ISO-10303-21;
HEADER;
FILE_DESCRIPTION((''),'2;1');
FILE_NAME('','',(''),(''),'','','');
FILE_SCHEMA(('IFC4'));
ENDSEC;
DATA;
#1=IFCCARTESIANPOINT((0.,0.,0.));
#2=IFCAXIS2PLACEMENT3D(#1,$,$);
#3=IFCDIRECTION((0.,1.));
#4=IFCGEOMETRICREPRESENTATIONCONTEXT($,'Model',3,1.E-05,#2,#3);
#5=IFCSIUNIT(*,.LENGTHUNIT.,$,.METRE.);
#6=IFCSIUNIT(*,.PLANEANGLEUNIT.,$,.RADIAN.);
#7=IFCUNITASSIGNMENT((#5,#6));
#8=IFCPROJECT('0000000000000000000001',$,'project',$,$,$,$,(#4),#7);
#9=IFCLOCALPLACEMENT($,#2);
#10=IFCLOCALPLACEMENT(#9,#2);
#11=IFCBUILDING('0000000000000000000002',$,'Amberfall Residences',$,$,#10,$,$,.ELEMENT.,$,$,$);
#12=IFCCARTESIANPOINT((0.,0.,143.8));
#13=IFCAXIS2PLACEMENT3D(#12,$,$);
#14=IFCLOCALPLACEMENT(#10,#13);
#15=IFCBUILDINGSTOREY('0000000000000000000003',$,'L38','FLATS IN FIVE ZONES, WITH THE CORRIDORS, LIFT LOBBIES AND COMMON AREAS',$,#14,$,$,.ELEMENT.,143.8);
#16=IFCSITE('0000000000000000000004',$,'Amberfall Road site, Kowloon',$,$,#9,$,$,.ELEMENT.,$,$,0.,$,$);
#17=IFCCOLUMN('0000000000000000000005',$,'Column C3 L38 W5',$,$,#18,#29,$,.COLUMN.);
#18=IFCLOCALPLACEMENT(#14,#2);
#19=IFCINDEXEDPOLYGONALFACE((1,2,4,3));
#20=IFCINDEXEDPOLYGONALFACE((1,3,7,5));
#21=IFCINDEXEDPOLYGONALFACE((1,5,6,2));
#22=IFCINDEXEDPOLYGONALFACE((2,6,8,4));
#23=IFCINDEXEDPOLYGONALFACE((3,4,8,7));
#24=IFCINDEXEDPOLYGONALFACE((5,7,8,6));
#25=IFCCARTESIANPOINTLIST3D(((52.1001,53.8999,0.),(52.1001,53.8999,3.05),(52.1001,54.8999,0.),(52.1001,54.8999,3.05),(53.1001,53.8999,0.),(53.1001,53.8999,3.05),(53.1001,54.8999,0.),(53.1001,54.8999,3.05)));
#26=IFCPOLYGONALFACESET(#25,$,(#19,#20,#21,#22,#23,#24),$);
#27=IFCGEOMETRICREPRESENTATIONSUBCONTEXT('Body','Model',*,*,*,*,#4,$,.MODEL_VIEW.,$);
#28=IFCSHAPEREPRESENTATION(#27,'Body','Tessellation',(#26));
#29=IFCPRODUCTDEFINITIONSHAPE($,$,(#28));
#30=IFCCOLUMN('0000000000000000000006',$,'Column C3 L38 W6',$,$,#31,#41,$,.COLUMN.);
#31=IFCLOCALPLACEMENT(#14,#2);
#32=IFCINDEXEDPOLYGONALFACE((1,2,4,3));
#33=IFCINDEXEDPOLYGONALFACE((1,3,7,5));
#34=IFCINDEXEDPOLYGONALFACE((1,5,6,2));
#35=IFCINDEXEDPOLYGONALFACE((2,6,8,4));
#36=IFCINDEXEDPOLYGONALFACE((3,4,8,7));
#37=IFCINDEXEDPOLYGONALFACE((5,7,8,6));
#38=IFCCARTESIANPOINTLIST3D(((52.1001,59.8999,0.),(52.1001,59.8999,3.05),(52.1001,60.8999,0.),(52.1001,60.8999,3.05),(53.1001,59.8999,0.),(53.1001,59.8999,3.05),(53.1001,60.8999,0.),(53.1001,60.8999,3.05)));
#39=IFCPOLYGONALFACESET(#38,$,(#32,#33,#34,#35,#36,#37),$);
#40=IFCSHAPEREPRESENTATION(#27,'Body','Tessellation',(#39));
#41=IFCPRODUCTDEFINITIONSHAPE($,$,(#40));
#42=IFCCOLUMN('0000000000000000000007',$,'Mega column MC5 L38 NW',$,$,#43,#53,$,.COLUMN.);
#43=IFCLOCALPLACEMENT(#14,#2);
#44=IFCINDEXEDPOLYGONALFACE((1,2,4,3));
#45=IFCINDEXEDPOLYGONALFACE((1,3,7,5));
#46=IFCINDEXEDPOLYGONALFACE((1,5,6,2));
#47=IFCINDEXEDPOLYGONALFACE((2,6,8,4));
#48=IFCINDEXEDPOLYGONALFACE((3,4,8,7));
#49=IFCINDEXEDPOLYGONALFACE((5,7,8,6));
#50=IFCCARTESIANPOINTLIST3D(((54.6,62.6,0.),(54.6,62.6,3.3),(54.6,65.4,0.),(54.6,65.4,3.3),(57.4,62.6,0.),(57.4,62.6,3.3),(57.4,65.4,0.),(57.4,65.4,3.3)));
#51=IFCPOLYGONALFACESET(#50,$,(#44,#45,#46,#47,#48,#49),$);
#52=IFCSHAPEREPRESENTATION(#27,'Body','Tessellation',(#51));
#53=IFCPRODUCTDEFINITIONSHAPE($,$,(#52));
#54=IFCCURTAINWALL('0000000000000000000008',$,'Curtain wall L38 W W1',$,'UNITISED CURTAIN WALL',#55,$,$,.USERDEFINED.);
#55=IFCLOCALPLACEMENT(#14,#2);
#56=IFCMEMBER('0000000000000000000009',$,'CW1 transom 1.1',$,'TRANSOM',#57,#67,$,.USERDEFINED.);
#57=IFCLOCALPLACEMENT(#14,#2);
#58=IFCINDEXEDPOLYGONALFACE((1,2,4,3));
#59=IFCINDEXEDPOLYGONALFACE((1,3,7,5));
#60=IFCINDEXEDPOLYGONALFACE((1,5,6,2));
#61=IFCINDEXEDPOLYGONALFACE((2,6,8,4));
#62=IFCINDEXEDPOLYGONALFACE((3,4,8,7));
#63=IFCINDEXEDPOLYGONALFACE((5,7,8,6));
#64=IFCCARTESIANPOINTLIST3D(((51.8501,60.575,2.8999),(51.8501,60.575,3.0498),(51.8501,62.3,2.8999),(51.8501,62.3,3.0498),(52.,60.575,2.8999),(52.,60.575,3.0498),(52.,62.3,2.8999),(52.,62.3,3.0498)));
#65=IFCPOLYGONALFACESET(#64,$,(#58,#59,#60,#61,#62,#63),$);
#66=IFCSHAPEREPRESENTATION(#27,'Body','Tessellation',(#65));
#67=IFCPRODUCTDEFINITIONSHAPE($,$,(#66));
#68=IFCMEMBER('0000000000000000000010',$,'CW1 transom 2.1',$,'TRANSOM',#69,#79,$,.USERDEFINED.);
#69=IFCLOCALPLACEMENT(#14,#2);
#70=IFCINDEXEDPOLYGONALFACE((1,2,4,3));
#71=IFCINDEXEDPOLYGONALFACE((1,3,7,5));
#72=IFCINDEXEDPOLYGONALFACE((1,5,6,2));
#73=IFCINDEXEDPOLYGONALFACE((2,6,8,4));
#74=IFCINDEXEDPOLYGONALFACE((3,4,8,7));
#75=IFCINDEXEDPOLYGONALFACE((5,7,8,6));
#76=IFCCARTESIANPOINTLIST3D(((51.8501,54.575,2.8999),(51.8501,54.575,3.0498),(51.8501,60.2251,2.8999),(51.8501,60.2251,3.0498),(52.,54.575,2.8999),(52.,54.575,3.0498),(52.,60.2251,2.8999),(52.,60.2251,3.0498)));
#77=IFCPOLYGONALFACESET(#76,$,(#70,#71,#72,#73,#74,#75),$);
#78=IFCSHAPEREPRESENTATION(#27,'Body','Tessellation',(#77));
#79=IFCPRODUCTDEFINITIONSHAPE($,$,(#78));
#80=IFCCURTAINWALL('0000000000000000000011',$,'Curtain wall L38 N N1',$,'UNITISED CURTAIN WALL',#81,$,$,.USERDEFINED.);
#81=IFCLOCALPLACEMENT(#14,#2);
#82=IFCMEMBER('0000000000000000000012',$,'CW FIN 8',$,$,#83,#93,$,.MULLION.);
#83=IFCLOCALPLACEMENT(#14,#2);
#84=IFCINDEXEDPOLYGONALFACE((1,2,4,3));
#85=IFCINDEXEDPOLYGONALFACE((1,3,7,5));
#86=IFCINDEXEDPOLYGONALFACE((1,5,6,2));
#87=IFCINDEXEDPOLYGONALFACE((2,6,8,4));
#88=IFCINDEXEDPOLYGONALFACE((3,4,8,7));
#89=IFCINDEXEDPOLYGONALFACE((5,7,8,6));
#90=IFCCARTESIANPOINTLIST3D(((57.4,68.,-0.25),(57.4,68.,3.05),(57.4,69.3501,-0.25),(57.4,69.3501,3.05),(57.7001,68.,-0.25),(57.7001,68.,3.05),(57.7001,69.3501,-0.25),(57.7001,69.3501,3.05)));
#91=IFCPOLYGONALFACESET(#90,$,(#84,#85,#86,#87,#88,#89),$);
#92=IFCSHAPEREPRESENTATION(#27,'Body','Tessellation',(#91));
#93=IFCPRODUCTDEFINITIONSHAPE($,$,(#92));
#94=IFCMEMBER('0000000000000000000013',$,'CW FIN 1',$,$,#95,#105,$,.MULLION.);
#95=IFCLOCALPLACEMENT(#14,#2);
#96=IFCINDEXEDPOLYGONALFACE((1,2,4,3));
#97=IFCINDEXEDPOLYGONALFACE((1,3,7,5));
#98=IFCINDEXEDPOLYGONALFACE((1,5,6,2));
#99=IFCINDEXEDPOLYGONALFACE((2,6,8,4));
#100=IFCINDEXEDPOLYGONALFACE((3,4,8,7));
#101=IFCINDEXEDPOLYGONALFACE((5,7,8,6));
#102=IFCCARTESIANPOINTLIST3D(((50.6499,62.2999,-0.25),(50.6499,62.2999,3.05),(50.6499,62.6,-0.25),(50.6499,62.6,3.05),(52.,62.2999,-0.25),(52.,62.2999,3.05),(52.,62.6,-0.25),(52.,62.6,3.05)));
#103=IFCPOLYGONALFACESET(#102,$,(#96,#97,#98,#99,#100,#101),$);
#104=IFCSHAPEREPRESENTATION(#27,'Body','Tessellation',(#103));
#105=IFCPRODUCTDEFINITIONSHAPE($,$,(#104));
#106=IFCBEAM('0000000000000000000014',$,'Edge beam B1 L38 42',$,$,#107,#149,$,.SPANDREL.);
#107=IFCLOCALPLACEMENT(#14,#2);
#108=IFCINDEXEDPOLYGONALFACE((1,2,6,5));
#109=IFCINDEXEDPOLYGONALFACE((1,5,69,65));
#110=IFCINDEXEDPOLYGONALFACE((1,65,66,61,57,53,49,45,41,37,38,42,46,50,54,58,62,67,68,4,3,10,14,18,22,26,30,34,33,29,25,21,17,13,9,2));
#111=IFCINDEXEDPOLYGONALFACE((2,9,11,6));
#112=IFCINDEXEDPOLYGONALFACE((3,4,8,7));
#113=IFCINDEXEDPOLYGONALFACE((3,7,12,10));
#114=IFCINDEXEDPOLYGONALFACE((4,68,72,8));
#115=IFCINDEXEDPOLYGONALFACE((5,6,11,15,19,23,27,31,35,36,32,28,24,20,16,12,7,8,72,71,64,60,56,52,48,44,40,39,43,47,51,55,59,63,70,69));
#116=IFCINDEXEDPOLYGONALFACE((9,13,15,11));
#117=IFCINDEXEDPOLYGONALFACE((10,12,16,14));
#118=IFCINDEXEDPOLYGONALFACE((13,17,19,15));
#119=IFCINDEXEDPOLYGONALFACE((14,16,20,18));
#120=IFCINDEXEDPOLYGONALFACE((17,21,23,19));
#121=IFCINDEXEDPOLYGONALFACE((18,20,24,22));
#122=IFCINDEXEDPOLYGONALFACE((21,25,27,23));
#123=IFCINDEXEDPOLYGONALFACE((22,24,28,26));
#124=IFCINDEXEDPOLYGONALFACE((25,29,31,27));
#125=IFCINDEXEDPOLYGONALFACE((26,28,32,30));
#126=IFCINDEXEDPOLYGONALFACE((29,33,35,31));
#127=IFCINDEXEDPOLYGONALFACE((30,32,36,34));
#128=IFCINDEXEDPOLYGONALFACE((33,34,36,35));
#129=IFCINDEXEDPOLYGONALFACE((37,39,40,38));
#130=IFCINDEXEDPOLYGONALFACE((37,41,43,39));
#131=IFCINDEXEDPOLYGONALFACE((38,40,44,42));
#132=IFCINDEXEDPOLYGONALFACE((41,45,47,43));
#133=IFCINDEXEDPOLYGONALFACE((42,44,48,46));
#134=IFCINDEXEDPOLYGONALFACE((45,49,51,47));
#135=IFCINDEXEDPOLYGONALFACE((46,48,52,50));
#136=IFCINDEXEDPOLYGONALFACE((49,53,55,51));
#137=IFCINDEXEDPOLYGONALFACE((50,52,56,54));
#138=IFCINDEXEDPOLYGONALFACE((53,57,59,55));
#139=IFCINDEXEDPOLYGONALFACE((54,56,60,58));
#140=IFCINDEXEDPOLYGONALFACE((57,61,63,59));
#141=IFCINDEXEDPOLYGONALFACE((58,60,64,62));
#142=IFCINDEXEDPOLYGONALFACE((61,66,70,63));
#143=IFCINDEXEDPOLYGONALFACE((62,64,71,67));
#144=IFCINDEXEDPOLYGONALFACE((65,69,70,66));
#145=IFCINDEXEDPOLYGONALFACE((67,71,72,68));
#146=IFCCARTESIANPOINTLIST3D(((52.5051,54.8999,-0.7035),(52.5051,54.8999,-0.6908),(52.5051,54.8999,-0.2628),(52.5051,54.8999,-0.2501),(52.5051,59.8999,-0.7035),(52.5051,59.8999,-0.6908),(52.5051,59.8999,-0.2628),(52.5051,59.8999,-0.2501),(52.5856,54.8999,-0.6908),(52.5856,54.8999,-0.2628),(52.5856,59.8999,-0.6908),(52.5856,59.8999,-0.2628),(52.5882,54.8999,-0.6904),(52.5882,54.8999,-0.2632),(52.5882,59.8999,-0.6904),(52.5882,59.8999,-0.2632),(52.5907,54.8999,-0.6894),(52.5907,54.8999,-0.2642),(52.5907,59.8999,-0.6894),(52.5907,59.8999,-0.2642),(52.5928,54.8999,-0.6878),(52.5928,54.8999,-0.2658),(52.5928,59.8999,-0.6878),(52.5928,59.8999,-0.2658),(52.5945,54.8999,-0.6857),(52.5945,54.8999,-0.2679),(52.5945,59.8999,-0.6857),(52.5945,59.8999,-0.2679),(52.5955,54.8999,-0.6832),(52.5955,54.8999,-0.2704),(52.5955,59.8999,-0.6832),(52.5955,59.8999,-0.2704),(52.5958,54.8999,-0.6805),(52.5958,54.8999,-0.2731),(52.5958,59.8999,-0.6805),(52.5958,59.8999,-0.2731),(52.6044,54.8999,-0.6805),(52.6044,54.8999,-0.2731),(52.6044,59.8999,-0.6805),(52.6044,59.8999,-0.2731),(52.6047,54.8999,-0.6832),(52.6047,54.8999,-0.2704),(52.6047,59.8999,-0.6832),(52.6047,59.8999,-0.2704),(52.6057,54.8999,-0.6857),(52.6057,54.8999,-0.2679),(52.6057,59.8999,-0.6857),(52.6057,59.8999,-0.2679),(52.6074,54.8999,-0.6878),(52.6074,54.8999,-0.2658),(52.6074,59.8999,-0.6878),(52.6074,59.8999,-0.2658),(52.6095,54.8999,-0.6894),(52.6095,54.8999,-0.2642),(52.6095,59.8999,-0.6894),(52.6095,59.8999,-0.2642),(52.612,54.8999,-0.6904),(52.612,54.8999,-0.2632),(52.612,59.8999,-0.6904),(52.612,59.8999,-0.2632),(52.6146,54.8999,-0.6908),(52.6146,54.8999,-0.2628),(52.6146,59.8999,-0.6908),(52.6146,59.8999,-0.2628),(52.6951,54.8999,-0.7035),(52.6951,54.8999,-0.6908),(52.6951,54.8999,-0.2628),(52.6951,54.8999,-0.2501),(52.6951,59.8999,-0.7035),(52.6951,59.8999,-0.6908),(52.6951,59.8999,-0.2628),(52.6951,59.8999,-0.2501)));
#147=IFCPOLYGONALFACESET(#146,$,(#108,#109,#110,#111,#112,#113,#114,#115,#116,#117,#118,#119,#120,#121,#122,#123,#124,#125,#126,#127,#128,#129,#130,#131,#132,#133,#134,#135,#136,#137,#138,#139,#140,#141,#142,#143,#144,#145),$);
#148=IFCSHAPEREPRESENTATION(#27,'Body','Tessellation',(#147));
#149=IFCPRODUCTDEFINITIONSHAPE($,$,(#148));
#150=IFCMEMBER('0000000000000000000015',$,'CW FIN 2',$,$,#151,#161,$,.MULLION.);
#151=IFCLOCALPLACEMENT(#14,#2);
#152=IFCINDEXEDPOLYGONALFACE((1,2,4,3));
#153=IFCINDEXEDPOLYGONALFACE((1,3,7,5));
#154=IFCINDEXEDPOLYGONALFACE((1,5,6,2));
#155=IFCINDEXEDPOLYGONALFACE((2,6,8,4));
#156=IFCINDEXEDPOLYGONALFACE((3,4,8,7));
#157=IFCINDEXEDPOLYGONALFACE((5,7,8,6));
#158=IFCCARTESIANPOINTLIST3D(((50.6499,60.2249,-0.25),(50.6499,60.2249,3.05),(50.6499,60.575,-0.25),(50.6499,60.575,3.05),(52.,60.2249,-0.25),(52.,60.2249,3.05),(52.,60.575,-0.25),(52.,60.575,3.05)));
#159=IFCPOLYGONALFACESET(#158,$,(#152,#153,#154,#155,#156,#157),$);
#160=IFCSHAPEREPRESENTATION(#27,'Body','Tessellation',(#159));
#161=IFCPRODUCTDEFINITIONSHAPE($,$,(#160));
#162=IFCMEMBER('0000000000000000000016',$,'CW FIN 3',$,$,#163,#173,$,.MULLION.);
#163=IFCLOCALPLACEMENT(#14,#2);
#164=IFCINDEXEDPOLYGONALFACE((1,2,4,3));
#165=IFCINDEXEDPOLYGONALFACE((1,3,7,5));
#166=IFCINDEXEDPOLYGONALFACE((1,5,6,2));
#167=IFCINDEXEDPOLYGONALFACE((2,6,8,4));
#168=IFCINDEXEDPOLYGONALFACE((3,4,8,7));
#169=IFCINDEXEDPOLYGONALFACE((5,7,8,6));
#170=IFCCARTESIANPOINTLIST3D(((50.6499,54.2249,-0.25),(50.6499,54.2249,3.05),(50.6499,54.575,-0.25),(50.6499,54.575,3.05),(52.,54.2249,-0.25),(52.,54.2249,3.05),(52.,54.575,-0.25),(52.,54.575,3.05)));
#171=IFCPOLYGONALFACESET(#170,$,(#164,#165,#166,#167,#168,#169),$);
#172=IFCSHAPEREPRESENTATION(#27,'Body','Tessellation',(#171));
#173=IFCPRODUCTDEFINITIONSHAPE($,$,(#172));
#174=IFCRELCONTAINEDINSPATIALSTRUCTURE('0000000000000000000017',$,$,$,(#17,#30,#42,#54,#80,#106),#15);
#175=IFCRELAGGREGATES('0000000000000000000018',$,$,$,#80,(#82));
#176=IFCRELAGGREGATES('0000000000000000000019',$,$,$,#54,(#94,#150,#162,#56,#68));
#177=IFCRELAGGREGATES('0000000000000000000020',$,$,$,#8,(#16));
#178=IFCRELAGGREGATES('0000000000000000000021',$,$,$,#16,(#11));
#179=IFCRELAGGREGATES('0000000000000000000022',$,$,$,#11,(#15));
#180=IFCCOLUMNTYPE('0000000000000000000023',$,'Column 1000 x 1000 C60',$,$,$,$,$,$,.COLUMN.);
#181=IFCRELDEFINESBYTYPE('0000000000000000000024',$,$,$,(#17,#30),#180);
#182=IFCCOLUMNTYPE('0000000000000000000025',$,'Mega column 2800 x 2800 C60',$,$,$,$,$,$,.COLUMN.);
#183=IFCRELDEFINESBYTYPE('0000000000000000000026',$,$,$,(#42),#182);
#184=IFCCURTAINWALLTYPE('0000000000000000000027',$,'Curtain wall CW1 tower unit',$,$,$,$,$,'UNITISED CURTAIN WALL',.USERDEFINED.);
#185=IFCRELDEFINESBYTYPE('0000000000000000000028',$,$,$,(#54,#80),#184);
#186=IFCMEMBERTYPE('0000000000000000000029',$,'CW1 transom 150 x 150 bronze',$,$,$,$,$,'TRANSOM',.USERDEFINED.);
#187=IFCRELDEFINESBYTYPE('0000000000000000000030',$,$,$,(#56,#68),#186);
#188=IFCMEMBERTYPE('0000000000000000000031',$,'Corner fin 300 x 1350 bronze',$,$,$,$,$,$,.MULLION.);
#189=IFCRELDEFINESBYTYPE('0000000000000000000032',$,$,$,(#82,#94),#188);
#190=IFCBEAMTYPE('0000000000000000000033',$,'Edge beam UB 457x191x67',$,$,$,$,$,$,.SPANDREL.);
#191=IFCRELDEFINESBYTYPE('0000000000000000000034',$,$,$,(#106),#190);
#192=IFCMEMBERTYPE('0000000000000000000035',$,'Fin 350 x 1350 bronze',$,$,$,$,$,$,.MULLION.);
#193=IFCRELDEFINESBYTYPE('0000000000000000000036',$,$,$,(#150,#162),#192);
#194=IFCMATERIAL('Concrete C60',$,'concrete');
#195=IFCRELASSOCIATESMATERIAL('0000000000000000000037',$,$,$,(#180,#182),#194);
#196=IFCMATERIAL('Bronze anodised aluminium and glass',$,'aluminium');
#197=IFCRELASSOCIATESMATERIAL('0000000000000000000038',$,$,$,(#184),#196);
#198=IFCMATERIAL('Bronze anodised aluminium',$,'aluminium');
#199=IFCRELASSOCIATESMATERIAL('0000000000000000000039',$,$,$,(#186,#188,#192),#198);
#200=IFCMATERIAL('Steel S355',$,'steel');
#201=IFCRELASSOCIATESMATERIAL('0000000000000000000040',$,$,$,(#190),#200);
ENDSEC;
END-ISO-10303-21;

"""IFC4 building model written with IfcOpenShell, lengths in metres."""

from ifc_helpers import new_model, si_unit, direction, frame, origin, origin_2d, place, context, subcontext, project, spatial, rectangle, i_section, extrude, material, material_profile, profile_set, type_object, element, aggregate, save


model = new_model("IFC4")

# Units and contexts
model_context = context("Model", 3, precision=1e-05, world=origin(), true_north=direction((0.0, 1.0)))
body_context = subcontext(model_context, "Body", "Model", "MODEL_VIEW")
ifc_project = project(units=[si_unit("LENGTHUNIT", "METRE"), si_unit("PLANEANGLEUNIT", "RADIAN")], contexts=[model_context])

# Site, building, storey
site_placement = place(None, origin())
site = spatial("IfcSite", under=ifc_project, at=site_placement, Name="Amberfall Road site, Kowloon", CompositionType="ELEMENT", RefElevation=0.0)
building_placement = place(site_placement, origin())
building = spatial("IfcBuilding", under=site, at=building_placement, Name="Amberfall Residences", CompositionType="ELEMENT")
storey_placement = place(building_placement, frame((0.0, 0.0, 143.8)))
storey = spatial("IfcBuildingStorey", under=building, at=storey_placement, Name="L38", Description="FLATS IN FIVE ZONES, WITH THE CORRIDORS, LIFT LOBBIES AND COMMON AREAS", CompositionType="ELEMENT", Elevation=143.8)

# Columns
ifc_material_1 = material(Name="Concrete C60", Category="concrete")
ifc_material_profile_1 = material_profile(ifc_material_1, rectangle(XDim=1.0, YDim=1.0, at=origin_2d()), Name="Column 1000 x 1000 C60")
ifc_profile_set_1 = profile_set([ifc_material_profile_1], Name="Concrete C60")
column_type_1 = type_object("IfcColumnType", Name="Column 1000 x 1000 C60", PredefinedType="COLUMN", material=ifc_profile_set_1)
for number, where, z_axis, x_axis, name in (
    (1, (52.6001, 54.3999, 0.0), (0.0, 0.0, 1.0), (1.0, 0.0, 0.0), "Column C3 L38 W5"),
    (2, (52.6001, 60.3999, 0.0), (0.0, 0.0, 1.0), (1.0, 0.0, 0.0), "Column C3 L38 W6"),
):
    element("IfcColumn", number, at=place(storey_placement, frame(where, z_axis=z_axis, x_axis=x_axis)), inside=storey, type_object=column_type_1, Name=name, PredefinedType="COLUMN", context=body_context, shape_type="SweptSolid", body=[
        extrude(rectangle(XDim=1.0, YDim=1.0, at=origin_2d()), origin(), (0.0, 0.0, 1.0), 3.05),
    ])
ifc_material_profile_2 = material_profile(ifc_material_1, rectangle(XDim=2.8, YDim=2.8, at=origin_2d()), Name="Mega column 2800 x 2800 C60")
ifc_profile_set_2 = profile_set([ifc_material_profile_2], Name="Concrete C60")
column_type_2 = type_object("IfcColumnType", Name="Mega column 2800 x 2800 C60", PredefinedType="COLUMN", material=ifc_profile_set_2)
column_placement = place(storey_placement, frame((56.0, 64.0, 0.0), z_axis=(0.0, 0.0, 1.0), x_axis=(1.0, 0.0, 0.0)))
element("IfcColumn", 3, at=column_placement, inside=storey, type_object=column_type_2, Name="Mega column MC5 L38 NW", PredefinedType="COLUMN", context=body_context, shape_type="SweptSolid", body=[
    extrude(rectangle(XDim=2.8, YDim=2.8, at=origin_2d()), origin(), (0.0, 0.0, 1.0), 3.3),
])

# Curtain wall, members
ifc_material_2 = material(Name="Bronze anodised aluminium and glass", Category="aluminium")
curtain_wall_type = type_object("IfcCurtainWallType", Name="Curtain wall CW1 tower unit", ElementType="UNITISED CURTAIN WALL", PredefinedType="USERDEFINED", material=ifc_material_2)
curtain_wall_1_placement = place(storey_placement, origin())
curtain_wall_1 = element("IfcCurtainWall", 4, at=curtain_wall_1_placement, inside=storey, type_object=curtain_wall_type, Name="Curtain wall L38 W W1", ObjectType="UNITISED CURTAIN WALL", PredefinedType="USERDEFINED")
ifc_material_3 = material(Name="Bronze anodised aluminium", Category="aluminium")
ifc_material_profile_3 = material_profile(ifc_material_3, rectangle(XDim=0.1499, YDim=0.1499, at=origin_2d()), Name="CW1 transom 150 x 150 bronze")
ifc_profile_set_3 = profile_set([ifc_material_profile_3], Name="Bronze anodised aluminium")
member_type_1 = type_object("IfcMemberType", Name="CW1 transom 150 x 150 bronze", ElementType="TRANSOM", PredefinedType="USERDEFINED", material=ifc_profile_set_3)
member_1_placement = place(storey_placement, frame((51.925, 62.3, 2.9749), z_axis=(0.0, -1.0, 0.0), x_axis=(1.0, 0.0, 0.0)))
member_1 = element("IfcMember", 5, at=member_1_placement, type_object=member_type_1, Name="CW1 transom 1.1", ObjectType="TRANSOM", PredefinedType="USERDEFINED", context=body_context, shape_type="SweptSolid", body=[
    extrude(rectangle(XDim=0.1499, YDim=0.1499, at=origin_2d()), origin(), (0.0, 0.0, 1.0), 1.7251),
])
member_2_placement = place(storey_placement, frame((51.925, 60.2251, 2.9749), z_axis=(0.0, -1.0, 0.0), x_axis=(1.0, 0.0, 0.0)))
member_2 = element("IfcMember", 6, at=member_2_placement, type_object=member_type_1, Name="CW1 transom 2.1", ObjectType="TRANSOM", PredefinedType="USERDEFINED", context=body_context, shape_type="SweptSolid", body=[
    extrude(rectangle(XDim=0.1499, YDim=0.1499, at=origin_2d()), origin(), (0.0, 0.0, 1.0), 5.6501),
])

# Curtain wall, member
curtain_wall_2_placement = place(storey_placement, origin())
curtain_wall_2 = element("IfcCurtainWall", 7, at=curtain_wall_2_placement, inside=storey, type_object=curtain_wall_type, Name="Curtain wall L38 N N1", ObjectType="UNITISED CURTAIN WALL", PredefinedType="USERDEFINED")
ifc_material_profile_4 = material_profile(ifc_material_3, rectangle(XDim=1.3501, YDim=0.3, at=origin_2d()), Name="Corner fin 300 x 1350 bronze")
ifc_profile_set_4 = profile_set([ifc_material_profile_4], Name="Bronze anodised aluminium")
member_type_2 = type_object("IfcMemberType", Name="Corner fin 300 x 1350 bronze", PredefinedType="MULLION", material=ifc_profile_set_4)
member_3_placement = place(storey_placement, frame((57.55, 68.675, -0.25), z_axis=(0.0, 0.0, 1.0), x_axis=(0.0, -1.0, 0.0)))
member_3 = element("IfcMember", 8, at=member_3_placement, type_object=member_type_2, Name="CW FIN 8", PredefinedType="MULLION", context=body_context, shape_type="SweptSolid", body=[
    extrude(rectangle(XDim=1.3501, YDim=0.3, at=origin_2d()), origin(), (0.0, 0.0, 1.0), 3.3),
])

# Member
member_4_placement = place(storey_placement, frame((51.325, 62.45, -0.25), z_axis=(0.0, 0.0, 1.0), x_axis=(1.0, 0.0, 0.0)))
member_4 = element("IfcMember", 9, at=member_4_placement, type_object=member_type_2, Name="CW FIN 1", PredefinedType="MULLION", context=body_context, shape_type="SweptSolid", body=[
    extrude(rectangle(XDim=1.3501, YDim=0.3, at=origin_2d()), origin(), (0.0, 0.0, 1.0), 3.3),
])

# Beam
ifc_material_4 = material(Name="Steel S355", Category="steel")
ifc_material_profile_5 = material_profile(ifc_material_4, i_section(OverallWidth=0.1899, OverallDepth=0.4534, WebThickness=0.0085, FlangeThickness=0.0127, FilletRadius=0.0103, at=origin_2d()), Name="UB 457x191x67")
ifc_profile_set_5 = profile_set([ifc_material_profile_5], Name="Steel S355")
beam_type_1 = type_object("IfcBeamType", Name="Edge beam UB 457x191x67", PredefinedType="SPANDREL", material=ifc_profile_set_5)
beam_1_placement = place(storey_placement, frame((52.6001, 54.8999, -0.4768), z_axis=(0.0, 1.0, 0.0), x_axis=(-1.0, 0.0, 0.0)))
element("IfcBeam", 10, at=beam_1_placement, inside=storey, type_object=beam_type_1, Name="Edge beam B1 L38 42", PredefinedType="SPANDREL", context=body_context, shape_type="SweptSolid", body=[
    extrude(i_section(OverallWidth=0.1899, OverallDepth=0.4534, WebThickness=0.0085, FlangeThickness=0.0127, FilletRadius=0.0103, at=origin_2d()), origin(), (0.0, 0.0, 1.0), 5.0),
])

# Members
ifc_material_profile_6 = material_profile(ifc_material_3, rectangle(XDim=1.3501, YDim=0.3501, at=origin_2d()), Name="Fin 350 x 1350 bronze")
ifc_profile_set_6 = profile_set([ifc_material_profile_6], Name="Bronze anodised aluminium")
member_type_3 = type_object("IfcMemberType", Name="Fin 350 x 1350 bronze", PredefinedType="MULLION", material=ifc_profile_set_6)
member_5_placement = place(storey_placement, frame((51.325, 60.3999, -0.25), z_axis=(0.0, 0.0, 1.0), x_axis=(1.0, 0.0, 0.0)))
member_5 = element("IfcMember", 11, at=member_5_placement, type_object=member_type_3, Name="CW FIN 2", PredefinedType="MULLION", context=body_context, shape_type="SweptSolid", body=[
    extrude(rectangle(XDim=1.3501, YDim=0.3501, at=origin_2d()), origin(), (0.0, 0.0, 1.0), 3.3),
])
member_6_placement = place(storey_placement, frame((51.325, 54.3999, -0.25), z_axis=(0.0, 0.0, 1.0), x_axis=(1.0, 0.0, 0.0)))
member_6 = element("IfcMember", 12, at=member_6_placement, type_object=member_type_3, Name="CW FIN 3", PredefinedType="MULLION", context=body_context, shape_type="SweptSolid", body=[
    extrude(rectangle(XDim=1.3501, YDim=0.3501, at=origin_2d()), origin(), (0.0, 0.0, 1.0), 3.3),
])

aggregate(curtain_wall_2, [member_3])
aggregate(curtain_wall_1, [member_4, member_5, member_6, member_1, member_2])

save(model, "model.ifc")
